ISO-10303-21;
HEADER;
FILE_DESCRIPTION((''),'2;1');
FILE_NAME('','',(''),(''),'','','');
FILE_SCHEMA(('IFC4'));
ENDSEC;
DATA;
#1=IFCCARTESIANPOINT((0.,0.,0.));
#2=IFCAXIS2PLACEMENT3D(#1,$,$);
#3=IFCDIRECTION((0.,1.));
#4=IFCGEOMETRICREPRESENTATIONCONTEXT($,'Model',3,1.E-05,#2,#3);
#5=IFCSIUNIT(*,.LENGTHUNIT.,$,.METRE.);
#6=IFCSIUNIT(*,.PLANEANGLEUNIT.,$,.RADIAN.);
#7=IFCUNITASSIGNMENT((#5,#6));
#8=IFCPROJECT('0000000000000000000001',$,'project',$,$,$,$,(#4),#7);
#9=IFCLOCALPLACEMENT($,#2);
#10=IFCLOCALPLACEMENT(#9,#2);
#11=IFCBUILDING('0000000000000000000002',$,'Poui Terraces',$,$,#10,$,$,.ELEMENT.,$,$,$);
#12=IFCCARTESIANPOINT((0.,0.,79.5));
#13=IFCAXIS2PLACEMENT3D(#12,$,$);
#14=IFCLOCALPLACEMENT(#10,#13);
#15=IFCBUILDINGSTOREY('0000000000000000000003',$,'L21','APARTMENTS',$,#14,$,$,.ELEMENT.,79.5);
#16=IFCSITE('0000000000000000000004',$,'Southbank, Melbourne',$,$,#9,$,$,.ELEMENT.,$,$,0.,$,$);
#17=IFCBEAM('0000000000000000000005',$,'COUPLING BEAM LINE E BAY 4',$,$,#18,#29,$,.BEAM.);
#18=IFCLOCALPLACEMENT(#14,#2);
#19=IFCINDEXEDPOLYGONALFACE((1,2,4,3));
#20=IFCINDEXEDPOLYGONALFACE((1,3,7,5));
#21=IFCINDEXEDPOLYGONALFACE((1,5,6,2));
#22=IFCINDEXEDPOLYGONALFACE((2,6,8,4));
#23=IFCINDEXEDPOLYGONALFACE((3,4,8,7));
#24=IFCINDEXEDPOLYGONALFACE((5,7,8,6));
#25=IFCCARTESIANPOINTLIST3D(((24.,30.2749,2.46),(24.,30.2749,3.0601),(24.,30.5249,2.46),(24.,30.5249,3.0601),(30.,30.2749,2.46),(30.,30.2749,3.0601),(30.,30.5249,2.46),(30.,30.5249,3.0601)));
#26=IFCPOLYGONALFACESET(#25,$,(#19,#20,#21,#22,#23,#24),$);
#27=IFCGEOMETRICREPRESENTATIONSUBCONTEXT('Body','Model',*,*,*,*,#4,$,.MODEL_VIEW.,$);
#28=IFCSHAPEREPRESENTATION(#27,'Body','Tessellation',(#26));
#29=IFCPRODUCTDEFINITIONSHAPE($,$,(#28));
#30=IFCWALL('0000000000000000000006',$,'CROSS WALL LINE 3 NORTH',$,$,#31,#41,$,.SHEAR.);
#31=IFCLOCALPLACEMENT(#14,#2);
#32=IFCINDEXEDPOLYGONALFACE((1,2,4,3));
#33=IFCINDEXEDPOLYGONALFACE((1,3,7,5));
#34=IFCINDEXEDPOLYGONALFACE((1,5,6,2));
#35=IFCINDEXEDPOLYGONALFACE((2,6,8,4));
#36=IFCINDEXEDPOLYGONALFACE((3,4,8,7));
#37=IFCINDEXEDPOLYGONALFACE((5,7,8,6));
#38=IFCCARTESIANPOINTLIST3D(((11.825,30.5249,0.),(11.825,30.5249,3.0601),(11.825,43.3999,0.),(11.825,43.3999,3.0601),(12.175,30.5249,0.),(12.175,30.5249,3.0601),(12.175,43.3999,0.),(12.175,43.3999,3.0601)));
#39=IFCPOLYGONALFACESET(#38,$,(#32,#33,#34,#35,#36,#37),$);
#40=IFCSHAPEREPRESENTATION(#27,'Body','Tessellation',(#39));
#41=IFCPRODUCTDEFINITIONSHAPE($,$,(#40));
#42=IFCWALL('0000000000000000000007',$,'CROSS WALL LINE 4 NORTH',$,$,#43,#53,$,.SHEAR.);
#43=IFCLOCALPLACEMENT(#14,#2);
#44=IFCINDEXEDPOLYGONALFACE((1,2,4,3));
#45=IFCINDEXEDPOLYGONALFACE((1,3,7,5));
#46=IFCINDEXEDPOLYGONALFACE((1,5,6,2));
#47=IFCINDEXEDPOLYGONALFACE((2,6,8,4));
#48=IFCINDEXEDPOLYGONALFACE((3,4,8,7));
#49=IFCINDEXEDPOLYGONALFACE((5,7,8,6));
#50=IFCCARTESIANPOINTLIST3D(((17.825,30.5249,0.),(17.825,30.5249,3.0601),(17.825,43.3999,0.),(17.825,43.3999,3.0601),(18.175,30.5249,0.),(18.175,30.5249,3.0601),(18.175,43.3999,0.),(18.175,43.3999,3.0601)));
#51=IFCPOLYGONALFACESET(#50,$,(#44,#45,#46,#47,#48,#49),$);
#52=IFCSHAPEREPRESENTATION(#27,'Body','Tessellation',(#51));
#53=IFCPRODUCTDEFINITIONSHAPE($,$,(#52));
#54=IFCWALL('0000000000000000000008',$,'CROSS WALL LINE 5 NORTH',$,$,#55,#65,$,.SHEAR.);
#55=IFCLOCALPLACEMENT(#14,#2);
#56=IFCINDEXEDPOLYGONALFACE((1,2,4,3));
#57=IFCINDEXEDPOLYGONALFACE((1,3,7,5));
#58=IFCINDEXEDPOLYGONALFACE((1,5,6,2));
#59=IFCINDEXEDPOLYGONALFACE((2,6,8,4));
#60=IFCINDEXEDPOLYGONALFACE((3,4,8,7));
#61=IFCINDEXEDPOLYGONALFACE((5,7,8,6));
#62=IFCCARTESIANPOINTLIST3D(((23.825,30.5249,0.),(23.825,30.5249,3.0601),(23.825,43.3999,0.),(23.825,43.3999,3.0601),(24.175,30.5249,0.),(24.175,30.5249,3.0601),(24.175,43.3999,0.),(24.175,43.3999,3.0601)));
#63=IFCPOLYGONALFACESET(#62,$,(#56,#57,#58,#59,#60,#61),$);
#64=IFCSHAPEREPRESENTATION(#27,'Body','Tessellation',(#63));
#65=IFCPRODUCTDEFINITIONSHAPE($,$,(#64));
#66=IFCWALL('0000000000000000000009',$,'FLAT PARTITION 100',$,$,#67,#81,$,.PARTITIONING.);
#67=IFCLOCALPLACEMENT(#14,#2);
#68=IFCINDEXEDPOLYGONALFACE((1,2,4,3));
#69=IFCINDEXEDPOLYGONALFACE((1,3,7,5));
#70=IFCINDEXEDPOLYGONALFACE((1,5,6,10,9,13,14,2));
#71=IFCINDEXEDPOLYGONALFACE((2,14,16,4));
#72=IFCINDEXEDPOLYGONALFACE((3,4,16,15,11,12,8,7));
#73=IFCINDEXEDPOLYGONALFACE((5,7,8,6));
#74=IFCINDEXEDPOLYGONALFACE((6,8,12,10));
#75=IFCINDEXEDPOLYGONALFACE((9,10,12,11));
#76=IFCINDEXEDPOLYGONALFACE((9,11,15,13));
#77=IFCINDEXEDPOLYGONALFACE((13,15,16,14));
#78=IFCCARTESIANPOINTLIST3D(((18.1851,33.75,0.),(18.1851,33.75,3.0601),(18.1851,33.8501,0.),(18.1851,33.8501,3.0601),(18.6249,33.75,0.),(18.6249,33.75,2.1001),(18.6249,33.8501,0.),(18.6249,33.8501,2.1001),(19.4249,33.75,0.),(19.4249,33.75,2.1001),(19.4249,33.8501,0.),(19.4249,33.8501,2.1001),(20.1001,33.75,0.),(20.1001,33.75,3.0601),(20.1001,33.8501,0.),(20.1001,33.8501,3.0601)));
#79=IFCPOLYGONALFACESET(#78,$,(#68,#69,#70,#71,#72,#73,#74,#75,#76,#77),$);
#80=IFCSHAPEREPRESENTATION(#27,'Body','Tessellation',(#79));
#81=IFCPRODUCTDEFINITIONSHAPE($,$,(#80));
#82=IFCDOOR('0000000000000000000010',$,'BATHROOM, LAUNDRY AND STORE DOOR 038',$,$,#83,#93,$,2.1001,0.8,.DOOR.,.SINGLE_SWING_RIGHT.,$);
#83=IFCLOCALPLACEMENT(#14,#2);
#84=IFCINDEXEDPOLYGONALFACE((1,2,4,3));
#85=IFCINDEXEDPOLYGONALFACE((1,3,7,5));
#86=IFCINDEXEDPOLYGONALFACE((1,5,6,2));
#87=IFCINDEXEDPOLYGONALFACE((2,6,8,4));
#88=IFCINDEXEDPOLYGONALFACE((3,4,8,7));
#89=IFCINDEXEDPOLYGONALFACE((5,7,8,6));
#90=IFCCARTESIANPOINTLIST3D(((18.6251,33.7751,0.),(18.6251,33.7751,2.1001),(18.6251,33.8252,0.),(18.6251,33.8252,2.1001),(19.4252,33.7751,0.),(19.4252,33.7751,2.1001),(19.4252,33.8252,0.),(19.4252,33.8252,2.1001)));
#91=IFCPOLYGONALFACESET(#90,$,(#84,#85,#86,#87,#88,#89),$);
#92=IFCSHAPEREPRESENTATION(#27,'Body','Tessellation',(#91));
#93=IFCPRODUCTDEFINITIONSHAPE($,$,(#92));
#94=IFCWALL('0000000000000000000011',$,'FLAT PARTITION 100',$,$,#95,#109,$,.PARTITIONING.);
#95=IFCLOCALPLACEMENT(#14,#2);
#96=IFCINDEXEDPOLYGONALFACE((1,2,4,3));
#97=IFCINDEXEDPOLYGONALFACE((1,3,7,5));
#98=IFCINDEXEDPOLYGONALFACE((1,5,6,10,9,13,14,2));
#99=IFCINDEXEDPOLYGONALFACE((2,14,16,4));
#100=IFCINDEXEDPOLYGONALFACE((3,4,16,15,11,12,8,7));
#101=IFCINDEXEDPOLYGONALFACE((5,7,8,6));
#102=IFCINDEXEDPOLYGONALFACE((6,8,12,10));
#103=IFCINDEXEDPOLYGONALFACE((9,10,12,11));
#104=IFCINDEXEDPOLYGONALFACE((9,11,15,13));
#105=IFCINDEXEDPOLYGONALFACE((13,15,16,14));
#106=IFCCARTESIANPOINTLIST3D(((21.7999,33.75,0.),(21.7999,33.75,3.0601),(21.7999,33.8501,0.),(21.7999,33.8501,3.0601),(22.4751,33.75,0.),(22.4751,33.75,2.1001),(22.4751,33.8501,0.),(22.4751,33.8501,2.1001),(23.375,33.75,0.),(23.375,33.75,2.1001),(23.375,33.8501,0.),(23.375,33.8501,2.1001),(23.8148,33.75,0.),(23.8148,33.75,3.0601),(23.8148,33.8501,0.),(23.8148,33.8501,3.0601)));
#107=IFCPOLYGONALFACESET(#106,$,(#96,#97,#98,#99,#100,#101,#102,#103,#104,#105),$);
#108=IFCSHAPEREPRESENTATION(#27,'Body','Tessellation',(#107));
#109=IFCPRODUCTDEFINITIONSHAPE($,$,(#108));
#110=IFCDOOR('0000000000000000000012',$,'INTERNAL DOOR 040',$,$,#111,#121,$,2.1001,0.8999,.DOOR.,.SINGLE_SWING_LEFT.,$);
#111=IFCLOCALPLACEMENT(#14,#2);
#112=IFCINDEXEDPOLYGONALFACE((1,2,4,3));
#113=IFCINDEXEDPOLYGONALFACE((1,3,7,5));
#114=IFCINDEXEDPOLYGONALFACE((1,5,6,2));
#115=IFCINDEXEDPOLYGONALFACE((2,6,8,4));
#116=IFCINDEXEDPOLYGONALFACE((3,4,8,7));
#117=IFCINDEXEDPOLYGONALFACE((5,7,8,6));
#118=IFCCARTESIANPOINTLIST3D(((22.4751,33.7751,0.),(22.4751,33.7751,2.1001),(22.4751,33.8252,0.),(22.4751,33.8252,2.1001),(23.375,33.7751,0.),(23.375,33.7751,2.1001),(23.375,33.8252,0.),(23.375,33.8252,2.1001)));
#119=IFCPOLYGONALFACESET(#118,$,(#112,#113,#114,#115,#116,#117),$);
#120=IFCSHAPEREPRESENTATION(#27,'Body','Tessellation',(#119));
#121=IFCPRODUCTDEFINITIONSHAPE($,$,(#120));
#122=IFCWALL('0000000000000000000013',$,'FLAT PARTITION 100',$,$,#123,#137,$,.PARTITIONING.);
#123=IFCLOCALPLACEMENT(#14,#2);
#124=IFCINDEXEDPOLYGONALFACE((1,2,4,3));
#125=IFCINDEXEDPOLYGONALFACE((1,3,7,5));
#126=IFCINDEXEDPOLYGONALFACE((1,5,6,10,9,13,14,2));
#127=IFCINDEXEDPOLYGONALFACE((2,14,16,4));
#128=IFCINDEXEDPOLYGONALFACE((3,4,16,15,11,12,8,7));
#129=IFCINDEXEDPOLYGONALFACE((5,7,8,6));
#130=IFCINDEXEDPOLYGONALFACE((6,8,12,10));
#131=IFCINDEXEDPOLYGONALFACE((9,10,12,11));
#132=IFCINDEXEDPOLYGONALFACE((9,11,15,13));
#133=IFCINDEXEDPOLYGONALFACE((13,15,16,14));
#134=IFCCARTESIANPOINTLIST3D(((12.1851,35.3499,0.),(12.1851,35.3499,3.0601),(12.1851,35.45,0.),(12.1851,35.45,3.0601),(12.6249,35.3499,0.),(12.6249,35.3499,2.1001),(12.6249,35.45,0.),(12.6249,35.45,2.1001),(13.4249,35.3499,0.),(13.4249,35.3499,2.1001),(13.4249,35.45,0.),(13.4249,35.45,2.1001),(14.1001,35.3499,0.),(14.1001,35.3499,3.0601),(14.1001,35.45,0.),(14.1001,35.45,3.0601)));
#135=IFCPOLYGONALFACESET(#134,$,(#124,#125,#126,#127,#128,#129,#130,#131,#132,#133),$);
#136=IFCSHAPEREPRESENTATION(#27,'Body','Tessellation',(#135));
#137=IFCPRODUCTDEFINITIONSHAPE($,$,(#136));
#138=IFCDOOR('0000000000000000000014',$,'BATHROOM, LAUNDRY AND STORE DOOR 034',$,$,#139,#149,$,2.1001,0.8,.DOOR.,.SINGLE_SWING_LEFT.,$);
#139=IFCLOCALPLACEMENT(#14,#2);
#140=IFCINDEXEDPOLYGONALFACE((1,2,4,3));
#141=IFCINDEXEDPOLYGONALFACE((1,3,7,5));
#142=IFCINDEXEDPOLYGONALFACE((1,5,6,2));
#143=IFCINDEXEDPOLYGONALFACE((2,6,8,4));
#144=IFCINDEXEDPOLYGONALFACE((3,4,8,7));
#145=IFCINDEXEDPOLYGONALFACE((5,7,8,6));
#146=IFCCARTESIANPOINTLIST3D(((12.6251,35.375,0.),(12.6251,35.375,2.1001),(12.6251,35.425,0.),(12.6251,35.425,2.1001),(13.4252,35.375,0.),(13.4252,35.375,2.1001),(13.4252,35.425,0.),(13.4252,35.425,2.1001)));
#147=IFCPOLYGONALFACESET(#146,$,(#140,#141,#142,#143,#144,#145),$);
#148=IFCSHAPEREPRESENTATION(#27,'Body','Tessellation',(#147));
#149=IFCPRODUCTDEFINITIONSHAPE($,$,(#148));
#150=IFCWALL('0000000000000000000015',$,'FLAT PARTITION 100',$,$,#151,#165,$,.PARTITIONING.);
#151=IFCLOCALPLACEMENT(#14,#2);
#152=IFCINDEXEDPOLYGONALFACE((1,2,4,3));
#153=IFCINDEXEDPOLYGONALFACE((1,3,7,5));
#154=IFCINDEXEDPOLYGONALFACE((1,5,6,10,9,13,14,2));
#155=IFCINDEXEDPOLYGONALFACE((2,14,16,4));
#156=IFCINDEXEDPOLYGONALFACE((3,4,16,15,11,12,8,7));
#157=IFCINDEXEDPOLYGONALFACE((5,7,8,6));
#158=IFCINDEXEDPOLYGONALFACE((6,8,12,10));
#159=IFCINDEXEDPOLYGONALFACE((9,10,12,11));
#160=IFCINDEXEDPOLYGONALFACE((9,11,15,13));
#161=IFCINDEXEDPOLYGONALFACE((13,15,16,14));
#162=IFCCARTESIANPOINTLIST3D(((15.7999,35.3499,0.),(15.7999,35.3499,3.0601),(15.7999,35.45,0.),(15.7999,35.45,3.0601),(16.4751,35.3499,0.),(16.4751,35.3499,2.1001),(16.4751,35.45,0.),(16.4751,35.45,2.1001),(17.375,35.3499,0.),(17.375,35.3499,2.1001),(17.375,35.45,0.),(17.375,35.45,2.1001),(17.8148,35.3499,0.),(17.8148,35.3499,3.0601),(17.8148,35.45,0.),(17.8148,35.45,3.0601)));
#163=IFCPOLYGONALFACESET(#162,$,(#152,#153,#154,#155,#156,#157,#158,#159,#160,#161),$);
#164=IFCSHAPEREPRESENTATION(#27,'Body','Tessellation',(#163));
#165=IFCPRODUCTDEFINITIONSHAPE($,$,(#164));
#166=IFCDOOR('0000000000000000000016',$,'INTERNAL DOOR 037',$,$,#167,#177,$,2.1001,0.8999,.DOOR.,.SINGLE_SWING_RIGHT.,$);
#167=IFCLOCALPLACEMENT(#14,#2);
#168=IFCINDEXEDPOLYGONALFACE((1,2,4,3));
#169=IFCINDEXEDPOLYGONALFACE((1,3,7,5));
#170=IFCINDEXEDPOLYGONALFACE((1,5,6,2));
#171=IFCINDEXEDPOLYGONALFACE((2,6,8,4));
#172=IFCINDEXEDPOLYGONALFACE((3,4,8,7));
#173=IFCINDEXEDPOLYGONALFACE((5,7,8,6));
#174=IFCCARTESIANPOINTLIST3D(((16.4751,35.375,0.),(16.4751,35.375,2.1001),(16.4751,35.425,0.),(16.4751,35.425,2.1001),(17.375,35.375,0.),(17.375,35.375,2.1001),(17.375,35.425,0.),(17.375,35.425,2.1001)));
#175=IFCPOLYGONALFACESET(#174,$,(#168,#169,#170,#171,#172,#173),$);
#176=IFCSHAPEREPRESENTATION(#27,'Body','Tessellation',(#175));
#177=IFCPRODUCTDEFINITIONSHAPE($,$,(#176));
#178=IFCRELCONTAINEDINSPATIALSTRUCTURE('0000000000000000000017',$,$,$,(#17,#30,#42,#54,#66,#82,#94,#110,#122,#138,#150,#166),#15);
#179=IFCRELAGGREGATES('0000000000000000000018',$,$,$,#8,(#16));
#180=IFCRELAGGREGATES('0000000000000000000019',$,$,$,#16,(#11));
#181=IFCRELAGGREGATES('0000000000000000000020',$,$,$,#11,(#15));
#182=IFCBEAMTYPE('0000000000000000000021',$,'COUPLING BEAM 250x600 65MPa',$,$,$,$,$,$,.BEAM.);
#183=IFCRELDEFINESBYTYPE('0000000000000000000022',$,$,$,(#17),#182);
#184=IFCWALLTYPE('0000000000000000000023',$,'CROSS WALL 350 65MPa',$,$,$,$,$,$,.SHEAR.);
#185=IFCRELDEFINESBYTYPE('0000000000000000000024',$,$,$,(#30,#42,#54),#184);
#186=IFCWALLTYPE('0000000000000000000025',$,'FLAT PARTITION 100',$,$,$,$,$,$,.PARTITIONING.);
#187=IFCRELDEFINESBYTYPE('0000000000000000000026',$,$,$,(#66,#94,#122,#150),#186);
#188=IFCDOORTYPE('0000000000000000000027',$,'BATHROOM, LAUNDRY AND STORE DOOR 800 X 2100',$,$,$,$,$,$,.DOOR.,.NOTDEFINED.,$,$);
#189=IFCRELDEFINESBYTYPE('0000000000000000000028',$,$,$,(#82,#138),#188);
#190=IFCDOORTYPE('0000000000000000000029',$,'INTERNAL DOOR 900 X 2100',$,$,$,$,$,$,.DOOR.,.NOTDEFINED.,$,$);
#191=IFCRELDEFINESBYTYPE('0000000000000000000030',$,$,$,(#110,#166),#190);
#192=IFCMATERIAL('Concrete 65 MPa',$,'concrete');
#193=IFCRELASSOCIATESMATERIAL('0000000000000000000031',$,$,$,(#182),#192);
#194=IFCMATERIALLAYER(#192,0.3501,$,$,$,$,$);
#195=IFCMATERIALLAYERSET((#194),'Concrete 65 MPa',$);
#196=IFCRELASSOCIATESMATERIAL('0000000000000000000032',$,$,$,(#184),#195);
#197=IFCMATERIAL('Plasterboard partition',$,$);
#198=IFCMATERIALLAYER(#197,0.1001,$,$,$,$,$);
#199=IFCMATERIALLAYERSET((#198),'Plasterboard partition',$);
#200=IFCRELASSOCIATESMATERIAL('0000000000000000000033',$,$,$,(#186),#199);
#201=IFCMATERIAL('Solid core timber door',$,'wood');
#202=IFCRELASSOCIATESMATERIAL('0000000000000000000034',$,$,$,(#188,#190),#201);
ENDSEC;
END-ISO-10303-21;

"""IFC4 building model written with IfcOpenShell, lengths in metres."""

from ifc_helpers import new_model, si_unit, direction, frame, frame_2d, origin, origin_2d, place, context, subcontext, project, spatial, rectangle, extrude, source, transform, mapped, material, layer, layer_set, material_profile, profile_set, type_object, element, fill, save


model = new_model("IFC4")

# Units and contexts
model_context = context("Model", 3, precision=1e-05, world=origin(), true_north=direction((0.0, 1.0)))
body_context = subcontext(model_context, "Body", "Model", "MODEL_VIEW")
ifc_project = project(units=[si_unit("LENGTHUNIT", "METRE"), si_unit("PLANEANGLEUNIT", "RADIAN")], contexts=[model_context])

# Site, building, storey
site_placement = place(None, origin())
site = spatial("IfcSite", under=ifc_project, at=site_placement, Name="Southbank, Melbourne", CompositionType="ELEMENT", RefElevation=0.0)
building_placement = place(site_placement, origin())
building = spatial("IfcBuilding", under=site, at=building_placement, Name="Poui Terraces", CompositionType="ELEMENT")
storey_placement = place(building_placement, frame((0.0, 0.0, 79.5)))
storey = spatial("IfcBuildingStorey", under=building, at=storey_placement, Name="L21", Description="APARTMENTS", CompositionType="ELEMENT", Elevation=79.5)

# Beam
ifc_material_1 = material(Name="Concrete 65 MPa", Category="concrete")
ifc_material_profile_1 = material_profile(ifc_material_1, rectangle(XDim=0.25, YDim=0.6001, at=origin_2d()), Name="RC 250x600")
ifc_profile_set_1 = profile_set([ifc_material_profile_1], Name="Concrete 65 MPa")
beam_type = type_object("IfcBeamType", Name="COUPLING BEAM 250x600 65MPa", PredefinedType="BEAM", material=ifc_profile_set_1)
shared_shape_1 = source(origin(), body_context, "Body", "SweptSolid", [
    extrude(rectangle(XDim=0.25, YDim=0.6001, at=origin_2d()), origin(), (0.0, 0.0, 1.0), 6.0),
])
beam_placement = place(storey_placement, frame((24.0, 30.3999, 2.76), z_axis=(1.0, 0.0, 0.0), x_axis=(0.0, 1.0, 0.0)))
element("IfcBeam", 1, at=beam_placement, inside=storey, type_object=beam_type, Name="COUPLING BEAM LINE E BAY 4", PredefinedType="BEAM", context=body_context, shape_type="MappedRepresentation", body=[
    mapped(shared_shape_1, transform((0.0, 0.0, 0.0))),
])

# Walls
ifc_layer_1 = layer(ifc_material_1, 0.3501)
ifc_layer_set_1 = layer_set([ifc_layer_1], Name="Concrete 65 MPa")
wall_type_1 = type_object("IfcWallType", Name="CROSS WALL 350 65MPa", PredefinedType="SHEAR", material=ifc_layer_set_1)
for number, where, z_axis, x_axis, name in (
    (2, (12.0, 30.5249, 0.0), (0.0, 0.0, 1.0), (0.0, 1.0, 0.0), "CROSS WALL LINE 3 NORTH"),
    (3, (18.0, 30.5249, 0.0), (0.0, 0.0, 1.0), (0.0, 1.0, 0.0), "CROSS WALL LINE 4 NORTH"),
    (4, (24.0, 30.5249, 0.0), (0.0, 0.0, 1.0), (0.0, 1.0, 0.0), "CROSS WALL LINE 5 NORTH"),
):
    element("IfcWall", number, at=place(storey_placement, frame(where, z_axis=z_axis, x_axis=x_axis)), inside=storey, type_object=wall_type_1, Name=name, PredefinedType="SHEAR", context=body_context, shape_type="SweptSolid", body=[
        extrude(rectangle(XDim=12.875, YDim=0.3501, at=frame_2d((6.4375, 0.0))), origin(), (0.0, 0.0, 1.0), 3.0601),
    ])

# Walls, openings, doors
ifc_material_2 = material(Name="Plasterboard partition")
ifc_layer_2 = layer(ifc_material_2, 0.1001)
ifc_layer_set_2 = layer_set([ifc_layer_2], Name="Plasterboard partition")
wall_type_2 = type_object("IfcWallType", Name="FLAT PARTITION 100", PredefinedType="PARTITIONING", material=ifc_layer_set_2)
wall_1_placement = place(storey_placement, frame((18.1851, 33.8, 0.0), z_axis=(0.0, 0.0, 1.0), x_axis=(1.0, 0.0, 0.0)))
wall_1 = element("IfcWall", 5, at=wall_1_placement, inside=storey, type_object=wall_type_2, Name="FLAT PARTITION 100", PredefinedType="PARTITIONING", context=body_context, shape_type="SweptSolid", body=[
    extrude(rectangle(XDim=1.915, YDim=0.1001, at=frame_2d((0.9575, 0.0))), origin(), (0.0, 0.0, 1.0), 3.0601),
])
opening_1_placement = place(wall_1_placement, frame((0.4399, 0.0, 0.0)))
opening_1 = element("IfcOpeningElement", 6, at=opening_1_placement, cuts=wall_1, PredefinedType="OPENING", context=body_context, shape_type="SweptSolid", body=[
    extrude(rectangle(XDim=0.8, YDim=2.1001, at=frame_2d((0.3999, 1.05))), frame((0.0, 0.0601, 0.0), z_axis=(0.0, -1.0, 0.0), x_axis=(1.0, 0.0, 0.0)), (0.0, 0.0, 1.0), 0.1201),
])
ifc_material_3 = material(Name="Solid core timber door", Category="wood")
door_type_1 = type_object("IfcDoorType", Name="BATHROOM, LAUNDRY AND STORE DOOR 800 X 2100", OperationType="NOTDEFINED", PredefinedType="DOOR", material=ifc_material_3)
door_1_placement = place(opening_1_placement, frame((0.8, 0.0, 0.0), z_axis=(0.0, 0.0, 1.0), x_axis=(-1.0, 0.0, 0.0)))
door_1 = element("IfcDoor", 7, at=door_1_placement, inside=storey, type_object=door_type_1, Name="BATHROOM, LAUNDRY AND STORE DOOR 038", OperationType="SINGLE_SWING_RIGHT", OverallHeight=2.1001, OverallWidth=0.8, PredefinedType="DOOR", context=body_context, shape_type="SweptSolid", body=[
    extrude(rectangle(XDim=0.8, YDim=2.1001, at=frame_2d((0.3999, 1.05))), frame((0.0, 0.0249, 0.0), z_axis=(0.0, -1.0, 0.0), x_axis=(1.0, 0.0, 0.0)), (0.0, 0.0, 1.0), 0.05),
])
fill(opening_1, door_1)
wall_2_placement = place(storey_placement, frame((21.8, 33.8, 0.0), z_axis=(0.0, 0.0, 1.0), x_axis=(1.0, 0.0, 0.0)))
wall_2 = element("IfcWall", 8, at=wall_2_placement, inside=storey, type_object=wall_type_2, Name="FLAT PARTITION 100", PredefinedType="PARTITIONING", context=body_context, shape_type="SweptSolid", body=[
    extrude(rectangle(XDim=2.0149, YDim=0.1001, at=frame_2d((1.0073, 0.0))), origin(), (0.0, 0.0, 1.0), 3.0601),
])
opening_2_placement = place(wall_2_placement, frame((0.675, 0.0, 0.0)))
opening_2 = element("IfcOpeningElement", 9, at=opening_2_placement, cuts=wall_2, PredefinedType="OPENING", context=body_context, shape_type="SweptSolid", body=[
    extrude(rectangle(XDim=0.8999, YDim=2.1001, at=frame_2d((0.45, 1.05))), frame((0.0, 0.0601, 0.0), z_axis=(0.0, -1.0, 0.0), x_axis=(1.0, 0.0, 0.0)), (0.0, 0.0, 1.0), 0.1201),
])
door_type_2 = type_object("IfcDoorType", Name="INTERNAL DOOR 900 X 2100", OperationType="NOTDEFINED", PredefinedType="DOOR", material=ifc_material_3)
door_2_placement = place(opening_2_placement, frame((0.8999, 0.0, 0.0), z_axis=(0.0, 0.0, 1.0), x_axis=(-1.0, 0.0, 0.0)))
door_2 = element("IfcDoor", 10, at=door_2_placement, inside=storey, type_object=door_type_2, Name="INTERNAL DOOR 040", OperationType="SINGLE_SWING_LEFT", OverallHeight=2.1001, OverallWidth=0.8999, PredefinedType="DOOR", context=body_context, shape_type="SweptSolid", body=[
    extrude(rectangle(XDim=0.8999, YDim=2.1001, at=frame_2d((0.45, 1.05))), frame((0.0, 0.0249, 0.0), z_axis=(0.0, -1.0, 0.0), x_axis=(1.0, 0.0, 0.0)), (0.0, 0.0, 1.0), 0.05),
])
fill(opening_2, door_2)
wall_3_placement = place(storey_placement, frame((12.1851, 35.3999, 0.0), z_axis=(0.0, 0.0, 1.0), x_axis=(1.0, 0.0, 0.0)))
wall_3 = element("IfcWall", 11, at=wall_3_placement, inside=storey, type_object=wall_type_2, Name="FLAT PARTITION 100", PredefinedType="PARTITIONING", context=body_context, shape_type="SweptSolid", body=[
    extrude(rectangle(XDim=1.915, YDim=0.1001, at=frame_2d((0.9575, 0.0))), origin(), (0.0, 0.0, 1.0), 3.0601),
])
opening_3_placement = place(wall_3_placement, frame((0.4399, 0.0, 0.0)))
opening_3 = element("IfcOpeningElement", 12, at=opening_3_placement, cuts=wall_3, PredefinedType="OPENING", context=body_context, shape_type="SweptSolid", body=[
    extrude(rectangle(XDim=0.8, YDim=2.1001, at=frame_2d((0.3999, 1.05))), frame((0.0, 0.0601, 0.0), z_axis=(0.0, -1.0, 0.0), x_axis=(1.0, 0.0, 0.0)), (0.0, 0.0, 1.0), 0.1201),
])
door_3_placement = place(opening_3_placement, frame((0.8, 0.0, 0.0), z_axis=(0.0, 0.0, 1.0), x_axis=(-1.0, 0.0, 0.0)))
door_3 = element("IfcDoor", 13, at=door_3_placement, inside=storey, type_object=door_type_1, Name="BATHROOM, LAUNDRY AND STORE DOOR 034", OperationType="SINGLE_SWING_LEFT", OverallHeight=2.1001, OverallWidth=0.8, PredefinedType="DOOR", context=body_context, shape_type="SweptSolid", body=[
    extrude(rectangle(XDim=0.8, YDim=2.1001, at=frame_2d((0.3999, 1.05))), frame((0.0, 0.0249, 0.0), z_axis=(0.0, -1.0, 0.0), x_axis=(1.0, 0.0, 0.0)), (0.0, 0.0, 1.0), 0.05),
])
fill(opening_3, door_3)
wall_4_placement = place(storey_placement, frame((15.8, 35.3999, 0.0), z_axis=(0.0, 0.0, 1.0), x_axis=(1.0, 0.0, 0.0)))
wall_4 = element("IfcWall", 14, at=wall_4_placement, inside=storey, type_object=wall_type_2, Name="FLAT PARTITION 100", PredefinedType="PARTITIONING", context=body_context, shape_type="SweptSolid", body=[
    extrude(rectangle(XDim=2.0149, YDim=0.1001, at=frame_2d((1.0073, 0.0))), origin(), (0.0, 0.0, 1.0), 3.0601),
])
opening_4_placement = place(wall_4_placement, frame((0.675, 0.0, 0.0)))
opening_4 = element("IfcOpeningElement", 15, at=opening_4_placement, cuts=wall_4, PredefinedType="OPENING", context=body_context, shape_type="SweptSolid", body=[
    extrude(rectangle(XDim=0.8999, YDim=2.1001, at=frame_2d((0.45, 1.05))), frame((0.0, 0.0601, 0.0), z_axis=(0.0, -1.0, 0.0), x_axis=(1.0, 0.0, 0.0)), (0.0, 0.0, 1.0), 0.1201),
])
door_4_placement = place(opening_4_placement, frame((0.8999, 0.0, 0.0), z_axis=(0.0, 0.0, 1.0), x_axis=(-1.0, 0.0, 0.0)))
door_4 = element("IfcDoor", 16, at=door_4_placement, inside=storey, type_object=door_type_2, Name="INTERNAL DOOR 037", OperationType="SINGLE_SWING_RIGHT", OverallHeight=2.1001, OverallWidth=0.8999, PredefinedType="DOOR", context=body_context, shape_type="SweptSolid", body=[
    extrude(rectangle(XDim=0.8999, YDim=2.1001, at=frame_2d((0.45, 1.05))), frame((0.0, 0.0249, 0.0), z_axis=(0.0, -1.0, 0.0), x_axis=(1.0, 0.0, 0.0)), (0.0, 0.0, 1.0), 0.05),
])
fill(opening_4, door_4)

save(model, "model.ifc")
